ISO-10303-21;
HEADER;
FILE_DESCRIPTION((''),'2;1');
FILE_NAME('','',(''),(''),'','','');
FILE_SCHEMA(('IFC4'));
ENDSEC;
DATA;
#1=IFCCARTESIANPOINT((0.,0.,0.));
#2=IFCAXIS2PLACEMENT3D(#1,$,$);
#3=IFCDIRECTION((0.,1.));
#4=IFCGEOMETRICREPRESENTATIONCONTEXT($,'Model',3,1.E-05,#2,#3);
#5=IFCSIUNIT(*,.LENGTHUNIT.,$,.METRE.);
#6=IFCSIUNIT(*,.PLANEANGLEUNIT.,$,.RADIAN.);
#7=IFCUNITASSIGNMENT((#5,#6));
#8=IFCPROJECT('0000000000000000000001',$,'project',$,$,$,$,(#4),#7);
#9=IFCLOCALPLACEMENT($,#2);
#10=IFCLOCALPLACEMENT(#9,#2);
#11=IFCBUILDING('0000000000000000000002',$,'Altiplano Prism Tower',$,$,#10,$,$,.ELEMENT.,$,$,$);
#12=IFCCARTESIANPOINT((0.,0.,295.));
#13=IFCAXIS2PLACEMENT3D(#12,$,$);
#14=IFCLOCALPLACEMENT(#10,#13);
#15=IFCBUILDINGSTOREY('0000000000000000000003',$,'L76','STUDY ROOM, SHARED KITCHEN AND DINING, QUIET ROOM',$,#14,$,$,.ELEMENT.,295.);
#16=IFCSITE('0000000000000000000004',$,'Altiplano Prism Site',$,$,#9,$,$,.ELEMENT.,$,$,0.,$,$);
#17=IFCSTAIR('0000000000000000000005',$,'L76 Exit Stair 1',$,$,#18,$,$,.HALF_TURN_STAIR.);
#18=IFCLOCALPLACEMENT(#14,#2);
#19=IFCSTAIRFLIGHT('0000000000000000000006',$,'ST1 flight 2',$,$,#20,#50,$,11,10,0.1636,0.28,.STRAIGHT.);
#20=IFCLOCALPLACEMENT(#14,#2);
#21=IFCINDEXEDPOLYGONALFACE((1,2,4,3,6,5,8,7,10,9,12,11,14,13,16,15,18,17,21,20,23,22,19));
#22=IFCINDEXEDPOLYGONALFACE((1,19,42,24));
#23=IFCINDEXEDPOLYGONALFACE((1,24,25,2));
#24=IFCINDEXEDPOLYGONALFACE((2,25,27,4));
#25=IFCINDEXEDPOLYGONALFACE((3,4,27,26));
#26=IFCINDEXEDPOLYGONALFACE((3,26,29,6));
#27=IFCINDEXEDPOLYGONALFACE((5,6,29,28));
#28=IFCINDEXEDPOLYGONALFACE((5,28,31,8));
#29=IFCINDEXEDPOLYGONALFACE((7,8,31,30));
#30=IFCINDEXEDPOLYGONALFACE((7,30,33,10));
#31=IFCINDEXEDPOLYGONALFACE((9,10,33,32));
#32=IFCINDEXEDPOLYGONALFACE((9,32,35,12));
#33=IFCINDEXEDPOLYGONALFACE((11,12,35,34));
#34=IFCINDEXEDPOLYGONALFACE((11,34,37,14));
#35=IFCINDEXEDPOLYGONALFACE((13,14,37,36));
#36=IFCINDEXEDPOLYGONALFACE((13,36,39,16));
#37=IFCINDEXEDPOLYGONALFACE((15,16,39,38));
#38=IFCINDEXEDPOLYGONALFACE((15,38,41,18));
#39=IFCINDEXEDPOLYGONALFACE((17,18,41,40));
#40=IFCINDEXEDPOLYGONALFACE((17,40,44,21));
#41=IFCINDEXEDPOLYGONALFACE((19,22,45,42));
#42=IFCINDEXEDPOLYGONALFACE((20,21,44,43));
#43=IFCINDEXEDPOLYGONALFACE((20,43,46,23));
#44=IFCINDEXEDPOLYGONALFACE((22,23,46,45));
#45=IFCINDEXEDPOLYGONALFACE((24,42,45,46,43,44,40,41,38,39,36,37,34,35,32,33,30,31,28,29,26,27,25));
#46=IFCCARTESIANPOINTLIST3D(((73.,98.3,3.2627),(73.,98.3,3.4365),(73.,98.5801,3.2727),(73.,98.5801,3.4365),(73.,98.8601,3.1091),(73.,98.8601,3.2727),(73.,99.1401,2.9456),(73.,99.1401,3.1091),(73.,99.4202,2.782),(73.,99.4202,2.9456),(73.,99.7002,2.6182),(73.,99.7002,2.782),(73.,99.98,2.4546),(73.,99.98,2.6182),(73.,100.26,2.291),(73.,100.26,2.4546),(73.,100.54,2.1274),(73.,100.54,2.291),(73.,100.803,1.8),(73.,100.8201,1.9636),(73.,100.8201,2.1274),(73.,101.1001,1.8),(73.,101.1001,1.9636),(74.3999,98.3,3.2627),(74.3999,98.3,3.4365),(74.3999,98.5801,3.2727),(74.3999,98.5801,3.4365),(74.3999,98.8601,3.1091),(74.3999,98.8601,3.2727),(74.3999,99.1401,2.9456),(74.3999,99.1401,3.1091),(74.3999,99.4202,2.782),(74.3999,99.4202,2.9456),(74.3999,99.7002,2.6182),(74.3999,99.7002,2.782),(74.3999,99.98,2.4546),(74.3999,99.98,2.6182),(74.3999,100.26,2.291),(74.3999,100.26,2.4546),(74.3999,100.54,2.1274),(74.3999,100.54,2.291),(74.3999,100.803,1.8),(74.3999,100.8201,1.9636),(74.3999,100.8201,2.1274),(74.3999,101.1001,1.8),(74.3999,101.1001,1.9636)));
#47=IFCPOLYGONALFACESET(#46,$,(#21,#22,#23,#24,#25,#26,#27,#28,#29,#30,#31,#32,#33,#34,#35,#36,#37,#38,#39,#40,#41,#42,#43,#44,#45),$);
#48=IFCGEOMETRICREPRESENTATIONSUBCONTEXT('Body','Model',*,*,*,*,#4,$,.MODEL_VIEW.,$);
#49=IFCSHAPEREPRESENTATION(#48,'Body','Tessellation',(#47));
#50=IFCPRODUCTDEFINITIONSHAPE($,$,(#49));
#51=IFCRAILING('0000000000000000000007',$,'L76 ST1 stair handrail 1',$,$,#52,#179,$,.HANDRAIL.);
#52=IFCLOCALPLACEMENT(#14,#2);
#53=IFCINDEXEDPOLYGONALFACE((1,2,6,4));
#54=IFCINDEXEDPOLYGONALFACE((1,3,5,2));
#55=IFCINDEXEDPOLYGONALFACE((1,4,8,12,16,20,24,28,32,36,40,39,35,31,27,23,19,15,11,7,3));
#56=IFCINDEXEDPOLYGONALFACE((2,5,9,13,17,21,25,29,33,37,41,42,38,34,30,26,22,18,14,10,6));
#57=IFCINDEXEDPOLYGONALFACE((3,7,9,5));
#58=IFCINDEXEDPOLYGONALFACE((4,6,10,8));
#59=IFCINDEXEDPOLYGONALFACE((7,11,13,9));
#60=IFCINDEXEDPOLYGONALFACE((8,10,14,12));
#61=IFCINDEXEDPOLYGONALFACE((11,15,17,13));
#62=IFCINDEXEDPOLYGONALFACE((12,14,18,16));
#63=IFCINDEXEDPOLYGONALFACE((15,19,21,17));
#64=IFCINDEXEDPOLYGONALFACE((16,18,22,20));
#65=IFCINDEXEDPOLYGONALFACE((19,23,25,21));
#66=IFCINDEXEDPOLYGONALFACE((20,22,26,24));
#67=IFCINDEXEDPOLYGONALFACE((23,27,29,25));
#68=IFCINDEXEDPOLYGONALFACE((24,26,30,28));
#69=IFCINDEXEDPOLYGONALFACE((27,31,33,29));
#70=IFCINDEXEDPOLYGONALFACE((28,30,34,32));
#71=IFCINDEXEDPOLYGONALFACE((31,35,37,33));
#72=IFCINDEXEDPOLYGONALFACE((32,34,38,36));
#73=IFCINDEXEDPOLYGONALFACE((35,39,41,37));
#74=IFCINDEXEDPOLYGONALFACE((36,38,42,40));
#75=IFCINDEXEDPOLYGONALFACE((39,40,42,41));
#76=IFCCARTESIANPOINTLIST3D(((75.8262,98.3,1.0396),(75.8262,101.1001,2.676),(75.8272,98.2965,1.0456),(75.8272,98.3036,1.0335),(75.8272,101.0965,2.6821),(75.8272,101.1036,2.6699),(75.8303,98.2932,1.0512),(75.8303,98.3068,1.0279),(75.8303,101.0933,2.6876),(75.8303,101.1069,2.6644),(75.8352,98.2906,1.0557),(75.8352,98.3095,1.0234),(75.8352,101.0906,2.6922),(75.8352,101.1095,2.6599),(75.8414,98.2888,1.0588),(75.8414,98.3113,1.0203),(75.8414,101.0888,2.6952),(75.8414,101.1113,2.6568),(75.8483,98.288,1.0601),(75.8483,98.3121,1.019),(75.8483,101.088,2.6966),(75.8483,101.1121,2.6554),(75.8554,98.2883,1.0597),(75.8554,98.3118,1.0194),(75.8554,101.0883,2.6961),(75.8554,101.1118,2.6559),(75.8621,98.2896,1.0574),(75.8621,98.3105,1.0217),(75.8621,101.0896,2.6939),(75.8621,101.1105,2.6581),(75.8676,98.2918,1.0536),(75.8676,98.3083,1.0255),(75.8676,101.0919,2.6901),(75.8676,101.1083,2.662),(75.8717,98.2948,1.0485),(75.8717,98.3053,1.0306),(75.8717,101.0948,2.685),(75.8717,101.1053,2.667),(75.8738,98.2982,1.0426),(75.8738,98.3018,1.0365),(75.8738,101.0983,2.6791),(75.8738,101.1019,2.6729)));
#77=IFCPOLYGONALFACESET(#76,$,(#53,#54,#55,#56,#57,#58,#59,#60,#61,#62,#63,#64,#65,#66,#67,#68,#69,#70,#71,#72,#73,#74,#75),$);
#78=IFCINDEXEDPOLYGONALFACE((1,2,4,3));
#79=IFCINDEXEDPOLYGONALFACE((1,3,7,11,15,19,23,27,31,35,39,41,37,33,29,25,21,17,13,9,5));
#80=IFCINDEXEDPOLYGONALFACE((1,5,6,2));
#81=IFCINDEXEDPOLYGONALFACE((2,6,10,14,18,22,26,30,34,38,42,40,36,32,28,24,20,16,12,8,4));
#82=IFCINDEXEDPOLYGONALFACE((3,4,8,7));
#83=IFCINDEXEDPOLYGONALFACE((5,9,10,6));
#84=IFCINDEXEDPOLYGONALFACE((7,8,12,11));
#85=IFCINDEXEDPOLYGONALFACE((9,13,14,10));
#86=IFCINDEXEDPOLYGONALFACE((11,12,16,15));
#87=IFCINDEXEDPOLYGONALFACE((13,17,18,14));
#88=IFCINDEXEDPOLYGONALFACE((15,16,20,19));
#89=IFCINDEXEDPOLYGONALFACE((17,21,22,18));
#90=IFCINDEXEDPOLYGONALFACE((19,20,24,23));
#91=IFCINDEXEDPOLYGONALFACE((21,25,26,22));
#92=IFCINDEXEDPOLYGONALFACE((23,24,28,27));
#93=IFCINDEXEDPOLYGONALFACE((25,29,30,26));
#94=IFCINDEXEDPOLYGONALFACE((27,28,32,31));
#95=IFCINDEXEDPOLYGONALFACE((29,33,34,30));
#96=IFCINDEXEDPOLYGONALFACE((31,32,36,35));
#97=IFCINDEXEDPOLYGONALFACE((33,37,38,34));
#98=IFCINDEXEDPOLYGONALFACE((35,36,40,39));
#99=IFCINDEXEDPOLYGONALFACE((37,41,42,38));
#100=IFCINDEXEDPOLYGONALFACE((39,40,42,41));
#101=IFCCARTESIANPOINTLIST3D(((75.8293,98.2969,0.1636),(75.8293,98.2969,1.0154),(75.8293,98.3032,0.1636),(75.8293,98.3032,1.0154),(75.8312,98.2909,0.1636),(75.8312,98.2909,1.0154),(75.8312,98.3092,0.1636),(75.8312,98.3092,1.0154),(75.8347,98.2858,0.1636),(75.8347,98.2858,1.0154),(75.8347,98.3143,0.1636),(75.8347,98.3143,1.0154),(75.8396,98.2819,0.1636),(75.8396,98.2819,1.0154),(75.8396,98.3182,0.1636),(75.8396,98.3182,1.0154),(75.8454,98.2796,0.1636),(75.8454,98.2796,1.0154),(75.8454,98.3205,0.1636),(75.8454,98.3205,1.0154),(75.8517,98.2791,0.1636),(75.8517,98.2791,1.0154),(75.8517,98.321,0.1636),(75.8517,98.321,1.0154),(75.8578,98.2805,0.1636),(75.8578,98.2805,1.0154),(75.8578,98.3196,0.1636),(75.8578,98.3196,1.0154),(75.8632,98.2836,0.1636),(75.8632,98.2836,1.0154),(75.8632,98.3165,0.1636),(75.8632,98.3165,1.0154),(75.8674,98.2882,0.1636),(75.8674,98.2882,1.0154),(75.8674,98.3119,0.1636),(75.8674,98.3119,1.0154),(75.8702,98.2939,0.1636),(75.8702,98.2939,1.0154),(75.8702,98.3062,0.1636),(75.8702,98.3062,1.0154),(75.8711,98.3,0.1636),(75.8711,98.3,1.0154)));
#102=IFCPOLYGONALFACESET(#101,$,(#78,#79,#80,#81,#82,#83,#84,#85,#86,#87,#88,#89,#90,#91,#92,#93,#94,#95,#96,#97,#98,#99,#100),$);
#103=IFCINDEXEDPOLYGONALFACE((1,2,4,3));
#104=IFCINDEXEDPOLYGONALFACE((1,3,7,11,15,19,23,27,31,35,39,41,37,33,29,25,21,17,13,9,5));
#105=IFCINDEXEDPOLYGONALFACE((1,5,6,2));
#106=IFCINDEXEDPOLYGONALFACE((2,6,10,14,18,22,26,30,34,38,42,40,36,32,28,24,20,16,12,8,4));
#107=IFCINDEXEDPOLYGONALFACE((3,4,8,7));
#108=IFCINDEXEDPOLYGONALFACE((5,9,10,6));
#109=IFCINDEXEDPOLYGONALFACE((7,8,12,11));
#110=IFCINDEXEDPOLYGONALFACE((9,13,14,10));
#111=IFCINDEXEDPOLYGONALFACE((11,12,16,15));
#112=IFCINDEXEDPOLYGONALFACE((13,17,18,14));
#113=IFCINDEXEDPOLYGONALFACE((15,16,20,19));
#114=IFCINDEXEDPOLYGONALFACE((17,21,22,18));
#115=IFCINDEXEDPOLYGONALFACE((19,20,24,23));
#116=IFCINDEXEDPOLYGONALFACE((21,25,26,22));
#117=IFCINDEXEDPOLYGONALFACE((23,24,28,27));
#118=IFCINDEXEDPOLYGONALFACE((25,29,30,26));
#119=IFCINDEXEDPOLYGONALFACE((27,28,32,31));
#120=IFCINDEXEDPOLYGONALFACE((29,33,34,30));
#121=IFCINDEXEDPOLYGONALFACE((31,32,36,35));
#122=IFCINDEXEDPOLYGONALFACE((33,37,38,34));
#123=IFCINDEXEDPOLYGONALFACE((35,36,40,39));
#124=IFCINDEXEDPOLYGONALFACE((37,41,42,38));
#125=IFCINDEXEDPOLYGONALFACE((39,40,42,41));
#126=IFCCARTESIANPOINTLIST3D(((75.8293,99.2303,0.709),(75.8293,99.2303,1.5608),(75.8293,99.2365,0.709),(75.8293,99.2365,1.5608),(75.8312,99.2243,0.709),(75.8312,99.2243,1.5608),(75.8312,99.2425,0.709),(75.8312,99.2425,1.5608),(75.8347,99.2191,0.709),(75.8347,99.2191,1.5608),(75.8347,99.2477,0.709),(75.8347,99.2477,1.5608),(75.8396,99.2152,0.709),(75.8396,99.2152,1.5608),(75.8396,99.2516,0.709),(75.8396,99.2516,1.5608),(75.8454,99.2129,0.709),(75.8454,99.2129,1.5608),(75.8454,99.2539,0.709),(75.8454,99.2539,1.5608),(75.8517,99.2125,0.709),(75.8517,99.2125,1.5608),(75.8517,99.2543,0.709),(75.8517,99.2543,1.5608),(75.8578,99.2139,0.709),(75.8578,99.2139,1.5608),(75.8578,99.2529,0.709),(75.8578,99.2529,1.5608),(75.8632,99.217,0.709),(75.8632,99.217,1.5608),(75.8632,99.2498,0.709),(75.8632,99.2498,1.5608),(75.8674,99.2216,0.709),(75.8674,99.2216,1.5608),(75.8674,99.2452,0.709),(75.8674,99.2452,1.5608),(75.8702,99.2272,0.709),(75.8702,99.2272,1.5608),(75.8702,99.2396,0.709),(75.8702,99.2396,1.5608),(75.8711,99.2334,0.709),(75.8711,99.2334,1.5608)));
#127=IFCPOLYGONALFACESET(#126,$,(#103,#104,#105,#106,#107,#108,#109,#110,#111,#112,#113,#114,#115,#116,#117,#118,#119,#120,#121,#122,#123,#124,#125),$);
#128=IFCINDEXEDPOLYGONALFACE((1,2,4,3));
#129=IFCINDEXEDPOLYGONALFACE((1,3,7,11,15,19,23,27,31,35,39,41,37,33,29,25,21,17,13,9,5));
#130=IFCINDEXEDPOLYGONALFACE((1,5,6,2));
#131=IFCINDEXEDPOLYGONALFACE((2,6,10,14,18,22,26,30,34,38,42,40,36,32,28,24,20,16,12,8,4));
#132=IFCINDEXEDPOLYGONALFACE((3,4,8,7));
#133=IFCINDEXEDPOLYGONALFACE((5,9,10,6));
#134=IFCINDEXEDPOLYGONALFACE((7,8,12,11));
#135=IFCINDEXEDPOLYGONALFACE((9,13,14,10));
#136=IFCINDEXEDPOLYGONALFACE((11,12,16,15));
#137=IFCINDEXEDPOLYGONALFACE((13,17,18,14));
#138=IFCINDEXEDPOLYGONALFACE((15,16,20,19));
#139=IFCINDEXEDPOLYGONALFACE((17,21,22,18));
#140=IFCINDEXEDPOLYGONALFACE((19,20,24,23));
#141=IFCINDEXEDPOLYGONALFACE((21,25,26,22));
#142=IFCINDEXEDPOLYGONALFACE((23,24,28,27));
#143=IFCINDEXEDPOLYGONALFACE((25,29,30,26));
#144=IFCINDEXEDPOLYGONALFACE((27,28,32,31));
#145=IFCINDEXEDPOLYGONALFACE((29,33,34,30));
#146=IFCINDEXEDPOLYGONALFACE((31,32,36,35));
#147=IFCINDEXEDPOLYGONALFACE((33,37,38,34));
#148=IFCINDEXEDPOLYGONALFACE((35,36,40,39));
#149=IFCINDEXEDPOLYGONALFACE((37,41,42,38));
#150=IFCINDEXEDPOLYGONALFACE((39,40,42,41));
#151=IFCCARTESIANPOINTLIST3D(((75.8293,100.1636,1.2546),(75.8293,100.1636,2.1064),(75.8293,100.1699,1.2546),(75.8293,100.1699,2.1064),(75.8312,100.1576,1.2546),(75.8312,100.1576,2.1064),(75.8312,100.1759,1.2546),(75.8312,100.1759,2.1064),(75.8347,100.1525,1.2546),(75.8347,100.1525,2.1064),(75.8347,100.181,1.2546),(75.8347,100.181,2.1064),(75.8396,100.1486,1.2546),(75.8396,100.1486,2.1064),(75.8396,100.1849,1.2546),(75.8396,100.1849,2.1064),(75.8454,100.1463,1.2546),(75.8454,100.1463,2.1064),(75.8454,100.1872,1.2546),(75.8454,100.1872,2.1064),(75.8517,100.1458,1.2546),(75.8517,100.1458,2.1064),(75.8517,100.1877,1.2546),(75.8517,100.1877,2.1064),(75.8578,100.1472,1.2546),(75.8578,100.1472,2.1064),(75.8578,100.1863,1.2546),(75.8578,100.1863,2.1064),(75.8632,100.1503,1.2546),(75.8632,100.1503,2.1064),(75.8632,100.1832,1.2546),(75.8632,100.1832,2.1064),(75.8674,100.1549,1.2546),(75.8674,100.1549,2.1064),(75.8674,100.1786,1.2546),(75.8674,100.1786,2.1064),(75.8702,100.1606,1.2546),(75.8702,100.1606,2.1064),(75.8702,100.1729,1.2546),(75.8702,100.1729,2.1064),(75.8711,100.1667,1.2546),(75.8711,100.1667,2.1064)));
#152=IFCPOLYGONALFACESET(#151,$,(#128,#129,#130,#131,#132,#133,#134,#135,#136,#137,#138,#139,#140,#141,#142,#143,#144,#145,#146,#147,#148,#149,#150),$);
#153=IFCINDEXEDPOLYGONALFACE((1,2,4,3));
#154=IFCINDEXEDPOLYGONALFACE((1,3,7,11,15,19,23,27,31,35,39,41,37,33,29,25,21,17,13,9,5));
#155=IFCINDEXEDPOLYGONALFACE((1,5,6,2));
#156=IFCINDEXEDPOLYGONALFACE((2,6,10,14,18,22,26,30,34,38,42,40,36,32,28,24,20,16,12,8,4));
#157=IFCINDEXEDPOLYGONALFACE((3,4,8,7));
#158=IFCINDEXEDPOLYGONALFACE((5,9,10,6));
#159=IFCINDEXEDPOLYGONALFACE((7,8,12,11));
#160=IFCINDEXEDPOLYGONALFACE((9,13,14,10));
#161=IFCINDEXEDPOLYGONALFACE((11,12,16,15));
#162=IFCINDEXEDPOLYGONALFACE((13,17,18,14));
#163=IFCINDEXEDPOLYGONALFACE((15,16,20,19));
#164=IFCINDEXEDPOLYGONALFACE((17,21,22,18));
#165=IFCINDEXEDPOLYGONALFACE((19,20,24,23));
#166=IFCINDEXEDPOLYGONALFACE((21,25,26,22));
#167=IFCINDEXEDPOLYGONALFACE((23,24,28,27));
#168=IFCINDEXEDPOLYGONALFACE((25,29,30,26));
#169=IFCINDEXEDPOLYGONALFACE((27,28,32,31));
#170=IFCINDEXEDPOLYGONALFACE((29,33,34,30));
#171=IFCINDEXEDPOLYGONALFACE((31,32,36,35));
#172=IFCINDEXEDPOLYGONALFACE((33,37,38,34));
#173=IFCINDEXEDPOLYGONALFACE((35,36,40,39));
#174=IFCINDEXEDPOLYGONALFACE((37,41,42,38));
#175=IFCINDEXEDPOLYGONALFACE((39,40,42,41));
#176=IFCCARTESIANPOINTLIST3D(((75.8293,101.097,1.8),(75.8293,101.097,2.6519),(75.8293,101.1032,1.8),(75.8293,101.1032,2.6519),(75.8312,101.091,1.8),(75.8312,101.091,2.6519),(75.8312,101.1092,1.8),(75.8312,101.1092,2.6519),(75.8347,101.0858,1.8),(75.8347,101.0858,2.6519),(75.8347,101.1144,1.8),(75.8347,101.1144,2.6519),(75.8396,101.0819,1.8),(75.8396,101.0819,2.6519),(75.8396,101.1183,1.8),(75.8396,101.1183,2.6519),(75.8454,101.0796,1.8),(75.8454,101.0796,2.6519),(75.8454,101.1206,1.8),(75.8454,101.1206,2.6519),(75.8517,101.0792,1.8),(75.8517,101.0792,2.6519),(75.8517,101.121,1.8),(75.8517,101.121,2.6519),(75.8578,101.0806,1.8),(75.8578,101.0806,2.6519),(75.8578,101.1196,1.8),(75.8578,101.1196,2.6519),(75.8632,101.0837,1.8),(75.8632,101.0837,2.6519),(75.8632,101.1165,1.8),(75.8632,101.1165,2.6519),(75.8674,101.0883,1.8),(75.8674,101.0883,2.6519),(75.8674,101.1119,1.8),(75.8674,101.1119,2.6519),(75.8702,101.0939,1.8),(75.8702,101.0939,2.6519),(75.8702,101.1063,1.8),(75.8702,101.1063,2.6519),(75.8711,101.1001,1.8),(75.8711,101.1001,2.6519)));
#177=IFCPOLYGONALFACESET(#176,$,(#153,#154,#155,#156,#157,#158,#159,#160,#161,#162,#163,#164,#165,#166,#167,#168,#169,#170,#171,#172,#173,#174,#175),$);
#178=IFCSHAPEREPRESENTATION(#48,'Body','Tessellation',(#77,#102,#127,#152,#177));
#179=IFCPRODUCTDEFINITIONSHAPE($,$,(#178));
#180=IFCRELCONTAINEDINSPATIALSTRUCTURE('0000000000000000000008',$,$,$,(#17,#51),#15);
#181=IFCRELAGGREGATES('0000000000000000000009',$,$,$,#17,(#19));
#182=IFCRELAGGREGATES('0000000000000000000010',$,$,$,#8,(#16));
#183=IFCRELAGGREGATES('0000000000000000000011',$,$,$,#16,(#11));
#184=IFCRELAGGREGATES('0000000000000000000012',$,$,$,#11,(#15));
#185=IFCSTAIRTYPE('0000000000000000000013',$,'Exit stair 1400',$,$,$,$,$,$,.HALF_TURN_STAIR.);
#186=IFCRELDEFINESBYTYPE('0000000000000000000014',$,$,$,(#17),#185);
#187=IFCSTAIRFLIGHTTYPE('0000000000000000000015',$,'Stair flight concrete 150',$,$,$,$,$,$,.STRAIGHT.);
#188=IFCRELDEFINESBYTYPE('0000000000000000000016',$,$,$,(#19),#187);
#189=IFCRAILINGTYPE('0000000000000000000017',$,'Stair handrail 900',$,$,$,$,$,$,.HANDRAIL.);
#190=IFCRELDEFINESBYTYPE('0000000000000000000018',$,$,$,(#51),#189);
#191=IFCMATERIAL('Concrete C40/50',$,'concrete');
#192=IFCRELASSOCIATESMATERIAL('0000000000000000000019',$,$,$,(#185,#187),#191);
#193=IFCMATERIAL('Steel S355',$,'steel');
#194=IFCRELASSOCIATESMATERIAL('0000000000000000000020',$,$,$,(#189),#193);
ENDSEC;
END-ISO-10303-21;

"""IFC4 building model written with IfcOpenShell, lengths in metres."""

from ifc_helpers import new_model, si_unit, direction, frame, origin, origin_2d, place, context, subcontext, project, spatial, polyline, circle, outline, extrude, material, type_object, element, aggregate, save


model = new_model("IFC4")

# Units and contexts
model_context = context("Model", 3, precision=1e-05, world=origin(), true_north=direction((0.0, 1.0)))
body_context = subcontext(model_context, "Body", "Model", "MODEL_VIEW")
ifc_project = project(units=[si_unit("LENGTHUNIT", "METRE"), si_unit("PLANEANGLEUNIT", "RADIAN")], contexts=[model_context])

# Site, building, storey
site_placement = place(None, origin())
site = spatial("IfcSite", under=ifc_project, at=site_placement, Name="Altiplano Prism Site", CompositionType="ELEMENT", RefElevation=0.0)
building_placement = place(site_placement, origin())
building = spatial("IfcBuilding", under=site, at=building_placement, Name="Altiplano Prism Tower", CompositionType="ELEMENT")
storey_placement = place(building_placement, frame((0.0, 0.0, 295.0)))
storey = spatial("IfcBuildingStorey", under=building, at=storey_placement, Name="L76", Description="STUDY ROOM, SHARED KITCHEN AND DINING, QUIET ROOM", CompositionType="ELEMENT", Elevation=295.0)

# Stair, stair flight
ifc_material_1 = material(Name="Concrete C40/50", Category="concrete")
stair_type = type_object("IfcStairType", Name="Exit stair 1400", PredefinedType="HALF_TURN_STAIR", material=ifc_material_1)
stair_placement = place(storey_placement, origin())
stair = element("IfcStair", 1, at=stair_placement, inside=storey, type_object=stair_type, Name="L76 Exit Stair 1", PredefinedType="HALF_TURN_STAIR")
stair_flight_type = type_object("IfcStairFlightType", Name="Stair flight concrete 150", PredefinedType="STRAIGHT", material=ifc_material_1)
stair_flight_1_placement = place(storey_placement, frame((73.7, 101.1001, 1.8), z_axis=(0.0, 0.0, 1.0), x_axis=(0.0, -1.0, 0.0)))
stair_flight_1 = element("IfcStairFlight", 2, at=stair_flight_1_placement, type_object=stair_flight_type, Name="ST1 flight 2", NumberOfRisers=11, NumberOfTreads=10, PredefinedType="STRAIGHT", RiserHeight=0.1636, TreadLength=0.28, context=body_context, shape_type="SweptSolid", body=[
    extrude(outline(polyline([(0.0, 0.0), (0.0, 0.1636), (0.28, 0.1636), (0.28, 0.3274), (0.5601, 0.3274), (0.5601, 0.491), (0.8401, 0.491), (0.8401, 0.6545), (1.1201, 0.6545), (1.1201, 0.8181), (1.3999, 0.8181), (1.3999, 0.9819), (1.6799, 0.9819), (1.6799, 1.1455), (1.96, 1.1455), (1.96, 1.3091), (2.24, 1.3091), (2.24, 1.4727), (2.52, 1.4727), (2.52, 1.6365), (2.8, 1.6365), (2.8, 1.8), (2.8, 1.4626), (0.2971, 0.0), (0.0, 0.0)])), frame((0.0, 0.7, 0.0), z_axis=(0.0, -1.0, 0.0), x_axis=(1.0, 0.0, 0.0)), (0.0, 0.0, 1.0), 1.3999),
])
aggregate(stair, [stair_flight_1])

# Railing
ifc_material_2 = material(Name="Steel S355", Category="steel")
railing_type_1 = type_object("IfcRailingType", Name="Stair handrail 900", PredefinedType="HANDRAIL", material=ifc_material_2)
railing_1_placement = place(storey_placement, frame((75.8501, 98.3, 0.1636)))
element("IfcRailing", 3, at=railing_1_placement, inside=storey, type_object=railing_type_1, Name="L76 ST1 stair handrail 1", PredefinedType="HANDRAIL", context=body_context, shape_type="SweptSolid", body=[
    extrude(circle(Radius=0.0239, at=origin_2d()), frame((0.0, 0.0, 0.876), z_axis=(0.0, 0.863361, 0.504587), x_axis=(-1.0, 0.0, 0.0)), (0.0, 0.0, 1.0), 3.2432),
    extrude(circle(Radius=0.021, at=origin_2d()), origin(), (0.0, 0.0, 1.0), 0.8518),
    extrude(circle(Radius=0.021, at=origin_2d()), frame((0.0, 0.9333, 0.5454)), (0.0, 0.0, 1.0), 0.8518),
    extrude(circle(Radius=0.021, at=origin_2d()), frame((0.0, 1.8667, 1.0911)), (0.0, 0.0, 1.0), 0.8518),
    extrude(circle(Radius=0.021, at=origin_2d()), frame((0.0, 2.8, 1.6365)), (0.0, 0.0, 1.0), 0.8518),
])

save(model, "model.ifc")
